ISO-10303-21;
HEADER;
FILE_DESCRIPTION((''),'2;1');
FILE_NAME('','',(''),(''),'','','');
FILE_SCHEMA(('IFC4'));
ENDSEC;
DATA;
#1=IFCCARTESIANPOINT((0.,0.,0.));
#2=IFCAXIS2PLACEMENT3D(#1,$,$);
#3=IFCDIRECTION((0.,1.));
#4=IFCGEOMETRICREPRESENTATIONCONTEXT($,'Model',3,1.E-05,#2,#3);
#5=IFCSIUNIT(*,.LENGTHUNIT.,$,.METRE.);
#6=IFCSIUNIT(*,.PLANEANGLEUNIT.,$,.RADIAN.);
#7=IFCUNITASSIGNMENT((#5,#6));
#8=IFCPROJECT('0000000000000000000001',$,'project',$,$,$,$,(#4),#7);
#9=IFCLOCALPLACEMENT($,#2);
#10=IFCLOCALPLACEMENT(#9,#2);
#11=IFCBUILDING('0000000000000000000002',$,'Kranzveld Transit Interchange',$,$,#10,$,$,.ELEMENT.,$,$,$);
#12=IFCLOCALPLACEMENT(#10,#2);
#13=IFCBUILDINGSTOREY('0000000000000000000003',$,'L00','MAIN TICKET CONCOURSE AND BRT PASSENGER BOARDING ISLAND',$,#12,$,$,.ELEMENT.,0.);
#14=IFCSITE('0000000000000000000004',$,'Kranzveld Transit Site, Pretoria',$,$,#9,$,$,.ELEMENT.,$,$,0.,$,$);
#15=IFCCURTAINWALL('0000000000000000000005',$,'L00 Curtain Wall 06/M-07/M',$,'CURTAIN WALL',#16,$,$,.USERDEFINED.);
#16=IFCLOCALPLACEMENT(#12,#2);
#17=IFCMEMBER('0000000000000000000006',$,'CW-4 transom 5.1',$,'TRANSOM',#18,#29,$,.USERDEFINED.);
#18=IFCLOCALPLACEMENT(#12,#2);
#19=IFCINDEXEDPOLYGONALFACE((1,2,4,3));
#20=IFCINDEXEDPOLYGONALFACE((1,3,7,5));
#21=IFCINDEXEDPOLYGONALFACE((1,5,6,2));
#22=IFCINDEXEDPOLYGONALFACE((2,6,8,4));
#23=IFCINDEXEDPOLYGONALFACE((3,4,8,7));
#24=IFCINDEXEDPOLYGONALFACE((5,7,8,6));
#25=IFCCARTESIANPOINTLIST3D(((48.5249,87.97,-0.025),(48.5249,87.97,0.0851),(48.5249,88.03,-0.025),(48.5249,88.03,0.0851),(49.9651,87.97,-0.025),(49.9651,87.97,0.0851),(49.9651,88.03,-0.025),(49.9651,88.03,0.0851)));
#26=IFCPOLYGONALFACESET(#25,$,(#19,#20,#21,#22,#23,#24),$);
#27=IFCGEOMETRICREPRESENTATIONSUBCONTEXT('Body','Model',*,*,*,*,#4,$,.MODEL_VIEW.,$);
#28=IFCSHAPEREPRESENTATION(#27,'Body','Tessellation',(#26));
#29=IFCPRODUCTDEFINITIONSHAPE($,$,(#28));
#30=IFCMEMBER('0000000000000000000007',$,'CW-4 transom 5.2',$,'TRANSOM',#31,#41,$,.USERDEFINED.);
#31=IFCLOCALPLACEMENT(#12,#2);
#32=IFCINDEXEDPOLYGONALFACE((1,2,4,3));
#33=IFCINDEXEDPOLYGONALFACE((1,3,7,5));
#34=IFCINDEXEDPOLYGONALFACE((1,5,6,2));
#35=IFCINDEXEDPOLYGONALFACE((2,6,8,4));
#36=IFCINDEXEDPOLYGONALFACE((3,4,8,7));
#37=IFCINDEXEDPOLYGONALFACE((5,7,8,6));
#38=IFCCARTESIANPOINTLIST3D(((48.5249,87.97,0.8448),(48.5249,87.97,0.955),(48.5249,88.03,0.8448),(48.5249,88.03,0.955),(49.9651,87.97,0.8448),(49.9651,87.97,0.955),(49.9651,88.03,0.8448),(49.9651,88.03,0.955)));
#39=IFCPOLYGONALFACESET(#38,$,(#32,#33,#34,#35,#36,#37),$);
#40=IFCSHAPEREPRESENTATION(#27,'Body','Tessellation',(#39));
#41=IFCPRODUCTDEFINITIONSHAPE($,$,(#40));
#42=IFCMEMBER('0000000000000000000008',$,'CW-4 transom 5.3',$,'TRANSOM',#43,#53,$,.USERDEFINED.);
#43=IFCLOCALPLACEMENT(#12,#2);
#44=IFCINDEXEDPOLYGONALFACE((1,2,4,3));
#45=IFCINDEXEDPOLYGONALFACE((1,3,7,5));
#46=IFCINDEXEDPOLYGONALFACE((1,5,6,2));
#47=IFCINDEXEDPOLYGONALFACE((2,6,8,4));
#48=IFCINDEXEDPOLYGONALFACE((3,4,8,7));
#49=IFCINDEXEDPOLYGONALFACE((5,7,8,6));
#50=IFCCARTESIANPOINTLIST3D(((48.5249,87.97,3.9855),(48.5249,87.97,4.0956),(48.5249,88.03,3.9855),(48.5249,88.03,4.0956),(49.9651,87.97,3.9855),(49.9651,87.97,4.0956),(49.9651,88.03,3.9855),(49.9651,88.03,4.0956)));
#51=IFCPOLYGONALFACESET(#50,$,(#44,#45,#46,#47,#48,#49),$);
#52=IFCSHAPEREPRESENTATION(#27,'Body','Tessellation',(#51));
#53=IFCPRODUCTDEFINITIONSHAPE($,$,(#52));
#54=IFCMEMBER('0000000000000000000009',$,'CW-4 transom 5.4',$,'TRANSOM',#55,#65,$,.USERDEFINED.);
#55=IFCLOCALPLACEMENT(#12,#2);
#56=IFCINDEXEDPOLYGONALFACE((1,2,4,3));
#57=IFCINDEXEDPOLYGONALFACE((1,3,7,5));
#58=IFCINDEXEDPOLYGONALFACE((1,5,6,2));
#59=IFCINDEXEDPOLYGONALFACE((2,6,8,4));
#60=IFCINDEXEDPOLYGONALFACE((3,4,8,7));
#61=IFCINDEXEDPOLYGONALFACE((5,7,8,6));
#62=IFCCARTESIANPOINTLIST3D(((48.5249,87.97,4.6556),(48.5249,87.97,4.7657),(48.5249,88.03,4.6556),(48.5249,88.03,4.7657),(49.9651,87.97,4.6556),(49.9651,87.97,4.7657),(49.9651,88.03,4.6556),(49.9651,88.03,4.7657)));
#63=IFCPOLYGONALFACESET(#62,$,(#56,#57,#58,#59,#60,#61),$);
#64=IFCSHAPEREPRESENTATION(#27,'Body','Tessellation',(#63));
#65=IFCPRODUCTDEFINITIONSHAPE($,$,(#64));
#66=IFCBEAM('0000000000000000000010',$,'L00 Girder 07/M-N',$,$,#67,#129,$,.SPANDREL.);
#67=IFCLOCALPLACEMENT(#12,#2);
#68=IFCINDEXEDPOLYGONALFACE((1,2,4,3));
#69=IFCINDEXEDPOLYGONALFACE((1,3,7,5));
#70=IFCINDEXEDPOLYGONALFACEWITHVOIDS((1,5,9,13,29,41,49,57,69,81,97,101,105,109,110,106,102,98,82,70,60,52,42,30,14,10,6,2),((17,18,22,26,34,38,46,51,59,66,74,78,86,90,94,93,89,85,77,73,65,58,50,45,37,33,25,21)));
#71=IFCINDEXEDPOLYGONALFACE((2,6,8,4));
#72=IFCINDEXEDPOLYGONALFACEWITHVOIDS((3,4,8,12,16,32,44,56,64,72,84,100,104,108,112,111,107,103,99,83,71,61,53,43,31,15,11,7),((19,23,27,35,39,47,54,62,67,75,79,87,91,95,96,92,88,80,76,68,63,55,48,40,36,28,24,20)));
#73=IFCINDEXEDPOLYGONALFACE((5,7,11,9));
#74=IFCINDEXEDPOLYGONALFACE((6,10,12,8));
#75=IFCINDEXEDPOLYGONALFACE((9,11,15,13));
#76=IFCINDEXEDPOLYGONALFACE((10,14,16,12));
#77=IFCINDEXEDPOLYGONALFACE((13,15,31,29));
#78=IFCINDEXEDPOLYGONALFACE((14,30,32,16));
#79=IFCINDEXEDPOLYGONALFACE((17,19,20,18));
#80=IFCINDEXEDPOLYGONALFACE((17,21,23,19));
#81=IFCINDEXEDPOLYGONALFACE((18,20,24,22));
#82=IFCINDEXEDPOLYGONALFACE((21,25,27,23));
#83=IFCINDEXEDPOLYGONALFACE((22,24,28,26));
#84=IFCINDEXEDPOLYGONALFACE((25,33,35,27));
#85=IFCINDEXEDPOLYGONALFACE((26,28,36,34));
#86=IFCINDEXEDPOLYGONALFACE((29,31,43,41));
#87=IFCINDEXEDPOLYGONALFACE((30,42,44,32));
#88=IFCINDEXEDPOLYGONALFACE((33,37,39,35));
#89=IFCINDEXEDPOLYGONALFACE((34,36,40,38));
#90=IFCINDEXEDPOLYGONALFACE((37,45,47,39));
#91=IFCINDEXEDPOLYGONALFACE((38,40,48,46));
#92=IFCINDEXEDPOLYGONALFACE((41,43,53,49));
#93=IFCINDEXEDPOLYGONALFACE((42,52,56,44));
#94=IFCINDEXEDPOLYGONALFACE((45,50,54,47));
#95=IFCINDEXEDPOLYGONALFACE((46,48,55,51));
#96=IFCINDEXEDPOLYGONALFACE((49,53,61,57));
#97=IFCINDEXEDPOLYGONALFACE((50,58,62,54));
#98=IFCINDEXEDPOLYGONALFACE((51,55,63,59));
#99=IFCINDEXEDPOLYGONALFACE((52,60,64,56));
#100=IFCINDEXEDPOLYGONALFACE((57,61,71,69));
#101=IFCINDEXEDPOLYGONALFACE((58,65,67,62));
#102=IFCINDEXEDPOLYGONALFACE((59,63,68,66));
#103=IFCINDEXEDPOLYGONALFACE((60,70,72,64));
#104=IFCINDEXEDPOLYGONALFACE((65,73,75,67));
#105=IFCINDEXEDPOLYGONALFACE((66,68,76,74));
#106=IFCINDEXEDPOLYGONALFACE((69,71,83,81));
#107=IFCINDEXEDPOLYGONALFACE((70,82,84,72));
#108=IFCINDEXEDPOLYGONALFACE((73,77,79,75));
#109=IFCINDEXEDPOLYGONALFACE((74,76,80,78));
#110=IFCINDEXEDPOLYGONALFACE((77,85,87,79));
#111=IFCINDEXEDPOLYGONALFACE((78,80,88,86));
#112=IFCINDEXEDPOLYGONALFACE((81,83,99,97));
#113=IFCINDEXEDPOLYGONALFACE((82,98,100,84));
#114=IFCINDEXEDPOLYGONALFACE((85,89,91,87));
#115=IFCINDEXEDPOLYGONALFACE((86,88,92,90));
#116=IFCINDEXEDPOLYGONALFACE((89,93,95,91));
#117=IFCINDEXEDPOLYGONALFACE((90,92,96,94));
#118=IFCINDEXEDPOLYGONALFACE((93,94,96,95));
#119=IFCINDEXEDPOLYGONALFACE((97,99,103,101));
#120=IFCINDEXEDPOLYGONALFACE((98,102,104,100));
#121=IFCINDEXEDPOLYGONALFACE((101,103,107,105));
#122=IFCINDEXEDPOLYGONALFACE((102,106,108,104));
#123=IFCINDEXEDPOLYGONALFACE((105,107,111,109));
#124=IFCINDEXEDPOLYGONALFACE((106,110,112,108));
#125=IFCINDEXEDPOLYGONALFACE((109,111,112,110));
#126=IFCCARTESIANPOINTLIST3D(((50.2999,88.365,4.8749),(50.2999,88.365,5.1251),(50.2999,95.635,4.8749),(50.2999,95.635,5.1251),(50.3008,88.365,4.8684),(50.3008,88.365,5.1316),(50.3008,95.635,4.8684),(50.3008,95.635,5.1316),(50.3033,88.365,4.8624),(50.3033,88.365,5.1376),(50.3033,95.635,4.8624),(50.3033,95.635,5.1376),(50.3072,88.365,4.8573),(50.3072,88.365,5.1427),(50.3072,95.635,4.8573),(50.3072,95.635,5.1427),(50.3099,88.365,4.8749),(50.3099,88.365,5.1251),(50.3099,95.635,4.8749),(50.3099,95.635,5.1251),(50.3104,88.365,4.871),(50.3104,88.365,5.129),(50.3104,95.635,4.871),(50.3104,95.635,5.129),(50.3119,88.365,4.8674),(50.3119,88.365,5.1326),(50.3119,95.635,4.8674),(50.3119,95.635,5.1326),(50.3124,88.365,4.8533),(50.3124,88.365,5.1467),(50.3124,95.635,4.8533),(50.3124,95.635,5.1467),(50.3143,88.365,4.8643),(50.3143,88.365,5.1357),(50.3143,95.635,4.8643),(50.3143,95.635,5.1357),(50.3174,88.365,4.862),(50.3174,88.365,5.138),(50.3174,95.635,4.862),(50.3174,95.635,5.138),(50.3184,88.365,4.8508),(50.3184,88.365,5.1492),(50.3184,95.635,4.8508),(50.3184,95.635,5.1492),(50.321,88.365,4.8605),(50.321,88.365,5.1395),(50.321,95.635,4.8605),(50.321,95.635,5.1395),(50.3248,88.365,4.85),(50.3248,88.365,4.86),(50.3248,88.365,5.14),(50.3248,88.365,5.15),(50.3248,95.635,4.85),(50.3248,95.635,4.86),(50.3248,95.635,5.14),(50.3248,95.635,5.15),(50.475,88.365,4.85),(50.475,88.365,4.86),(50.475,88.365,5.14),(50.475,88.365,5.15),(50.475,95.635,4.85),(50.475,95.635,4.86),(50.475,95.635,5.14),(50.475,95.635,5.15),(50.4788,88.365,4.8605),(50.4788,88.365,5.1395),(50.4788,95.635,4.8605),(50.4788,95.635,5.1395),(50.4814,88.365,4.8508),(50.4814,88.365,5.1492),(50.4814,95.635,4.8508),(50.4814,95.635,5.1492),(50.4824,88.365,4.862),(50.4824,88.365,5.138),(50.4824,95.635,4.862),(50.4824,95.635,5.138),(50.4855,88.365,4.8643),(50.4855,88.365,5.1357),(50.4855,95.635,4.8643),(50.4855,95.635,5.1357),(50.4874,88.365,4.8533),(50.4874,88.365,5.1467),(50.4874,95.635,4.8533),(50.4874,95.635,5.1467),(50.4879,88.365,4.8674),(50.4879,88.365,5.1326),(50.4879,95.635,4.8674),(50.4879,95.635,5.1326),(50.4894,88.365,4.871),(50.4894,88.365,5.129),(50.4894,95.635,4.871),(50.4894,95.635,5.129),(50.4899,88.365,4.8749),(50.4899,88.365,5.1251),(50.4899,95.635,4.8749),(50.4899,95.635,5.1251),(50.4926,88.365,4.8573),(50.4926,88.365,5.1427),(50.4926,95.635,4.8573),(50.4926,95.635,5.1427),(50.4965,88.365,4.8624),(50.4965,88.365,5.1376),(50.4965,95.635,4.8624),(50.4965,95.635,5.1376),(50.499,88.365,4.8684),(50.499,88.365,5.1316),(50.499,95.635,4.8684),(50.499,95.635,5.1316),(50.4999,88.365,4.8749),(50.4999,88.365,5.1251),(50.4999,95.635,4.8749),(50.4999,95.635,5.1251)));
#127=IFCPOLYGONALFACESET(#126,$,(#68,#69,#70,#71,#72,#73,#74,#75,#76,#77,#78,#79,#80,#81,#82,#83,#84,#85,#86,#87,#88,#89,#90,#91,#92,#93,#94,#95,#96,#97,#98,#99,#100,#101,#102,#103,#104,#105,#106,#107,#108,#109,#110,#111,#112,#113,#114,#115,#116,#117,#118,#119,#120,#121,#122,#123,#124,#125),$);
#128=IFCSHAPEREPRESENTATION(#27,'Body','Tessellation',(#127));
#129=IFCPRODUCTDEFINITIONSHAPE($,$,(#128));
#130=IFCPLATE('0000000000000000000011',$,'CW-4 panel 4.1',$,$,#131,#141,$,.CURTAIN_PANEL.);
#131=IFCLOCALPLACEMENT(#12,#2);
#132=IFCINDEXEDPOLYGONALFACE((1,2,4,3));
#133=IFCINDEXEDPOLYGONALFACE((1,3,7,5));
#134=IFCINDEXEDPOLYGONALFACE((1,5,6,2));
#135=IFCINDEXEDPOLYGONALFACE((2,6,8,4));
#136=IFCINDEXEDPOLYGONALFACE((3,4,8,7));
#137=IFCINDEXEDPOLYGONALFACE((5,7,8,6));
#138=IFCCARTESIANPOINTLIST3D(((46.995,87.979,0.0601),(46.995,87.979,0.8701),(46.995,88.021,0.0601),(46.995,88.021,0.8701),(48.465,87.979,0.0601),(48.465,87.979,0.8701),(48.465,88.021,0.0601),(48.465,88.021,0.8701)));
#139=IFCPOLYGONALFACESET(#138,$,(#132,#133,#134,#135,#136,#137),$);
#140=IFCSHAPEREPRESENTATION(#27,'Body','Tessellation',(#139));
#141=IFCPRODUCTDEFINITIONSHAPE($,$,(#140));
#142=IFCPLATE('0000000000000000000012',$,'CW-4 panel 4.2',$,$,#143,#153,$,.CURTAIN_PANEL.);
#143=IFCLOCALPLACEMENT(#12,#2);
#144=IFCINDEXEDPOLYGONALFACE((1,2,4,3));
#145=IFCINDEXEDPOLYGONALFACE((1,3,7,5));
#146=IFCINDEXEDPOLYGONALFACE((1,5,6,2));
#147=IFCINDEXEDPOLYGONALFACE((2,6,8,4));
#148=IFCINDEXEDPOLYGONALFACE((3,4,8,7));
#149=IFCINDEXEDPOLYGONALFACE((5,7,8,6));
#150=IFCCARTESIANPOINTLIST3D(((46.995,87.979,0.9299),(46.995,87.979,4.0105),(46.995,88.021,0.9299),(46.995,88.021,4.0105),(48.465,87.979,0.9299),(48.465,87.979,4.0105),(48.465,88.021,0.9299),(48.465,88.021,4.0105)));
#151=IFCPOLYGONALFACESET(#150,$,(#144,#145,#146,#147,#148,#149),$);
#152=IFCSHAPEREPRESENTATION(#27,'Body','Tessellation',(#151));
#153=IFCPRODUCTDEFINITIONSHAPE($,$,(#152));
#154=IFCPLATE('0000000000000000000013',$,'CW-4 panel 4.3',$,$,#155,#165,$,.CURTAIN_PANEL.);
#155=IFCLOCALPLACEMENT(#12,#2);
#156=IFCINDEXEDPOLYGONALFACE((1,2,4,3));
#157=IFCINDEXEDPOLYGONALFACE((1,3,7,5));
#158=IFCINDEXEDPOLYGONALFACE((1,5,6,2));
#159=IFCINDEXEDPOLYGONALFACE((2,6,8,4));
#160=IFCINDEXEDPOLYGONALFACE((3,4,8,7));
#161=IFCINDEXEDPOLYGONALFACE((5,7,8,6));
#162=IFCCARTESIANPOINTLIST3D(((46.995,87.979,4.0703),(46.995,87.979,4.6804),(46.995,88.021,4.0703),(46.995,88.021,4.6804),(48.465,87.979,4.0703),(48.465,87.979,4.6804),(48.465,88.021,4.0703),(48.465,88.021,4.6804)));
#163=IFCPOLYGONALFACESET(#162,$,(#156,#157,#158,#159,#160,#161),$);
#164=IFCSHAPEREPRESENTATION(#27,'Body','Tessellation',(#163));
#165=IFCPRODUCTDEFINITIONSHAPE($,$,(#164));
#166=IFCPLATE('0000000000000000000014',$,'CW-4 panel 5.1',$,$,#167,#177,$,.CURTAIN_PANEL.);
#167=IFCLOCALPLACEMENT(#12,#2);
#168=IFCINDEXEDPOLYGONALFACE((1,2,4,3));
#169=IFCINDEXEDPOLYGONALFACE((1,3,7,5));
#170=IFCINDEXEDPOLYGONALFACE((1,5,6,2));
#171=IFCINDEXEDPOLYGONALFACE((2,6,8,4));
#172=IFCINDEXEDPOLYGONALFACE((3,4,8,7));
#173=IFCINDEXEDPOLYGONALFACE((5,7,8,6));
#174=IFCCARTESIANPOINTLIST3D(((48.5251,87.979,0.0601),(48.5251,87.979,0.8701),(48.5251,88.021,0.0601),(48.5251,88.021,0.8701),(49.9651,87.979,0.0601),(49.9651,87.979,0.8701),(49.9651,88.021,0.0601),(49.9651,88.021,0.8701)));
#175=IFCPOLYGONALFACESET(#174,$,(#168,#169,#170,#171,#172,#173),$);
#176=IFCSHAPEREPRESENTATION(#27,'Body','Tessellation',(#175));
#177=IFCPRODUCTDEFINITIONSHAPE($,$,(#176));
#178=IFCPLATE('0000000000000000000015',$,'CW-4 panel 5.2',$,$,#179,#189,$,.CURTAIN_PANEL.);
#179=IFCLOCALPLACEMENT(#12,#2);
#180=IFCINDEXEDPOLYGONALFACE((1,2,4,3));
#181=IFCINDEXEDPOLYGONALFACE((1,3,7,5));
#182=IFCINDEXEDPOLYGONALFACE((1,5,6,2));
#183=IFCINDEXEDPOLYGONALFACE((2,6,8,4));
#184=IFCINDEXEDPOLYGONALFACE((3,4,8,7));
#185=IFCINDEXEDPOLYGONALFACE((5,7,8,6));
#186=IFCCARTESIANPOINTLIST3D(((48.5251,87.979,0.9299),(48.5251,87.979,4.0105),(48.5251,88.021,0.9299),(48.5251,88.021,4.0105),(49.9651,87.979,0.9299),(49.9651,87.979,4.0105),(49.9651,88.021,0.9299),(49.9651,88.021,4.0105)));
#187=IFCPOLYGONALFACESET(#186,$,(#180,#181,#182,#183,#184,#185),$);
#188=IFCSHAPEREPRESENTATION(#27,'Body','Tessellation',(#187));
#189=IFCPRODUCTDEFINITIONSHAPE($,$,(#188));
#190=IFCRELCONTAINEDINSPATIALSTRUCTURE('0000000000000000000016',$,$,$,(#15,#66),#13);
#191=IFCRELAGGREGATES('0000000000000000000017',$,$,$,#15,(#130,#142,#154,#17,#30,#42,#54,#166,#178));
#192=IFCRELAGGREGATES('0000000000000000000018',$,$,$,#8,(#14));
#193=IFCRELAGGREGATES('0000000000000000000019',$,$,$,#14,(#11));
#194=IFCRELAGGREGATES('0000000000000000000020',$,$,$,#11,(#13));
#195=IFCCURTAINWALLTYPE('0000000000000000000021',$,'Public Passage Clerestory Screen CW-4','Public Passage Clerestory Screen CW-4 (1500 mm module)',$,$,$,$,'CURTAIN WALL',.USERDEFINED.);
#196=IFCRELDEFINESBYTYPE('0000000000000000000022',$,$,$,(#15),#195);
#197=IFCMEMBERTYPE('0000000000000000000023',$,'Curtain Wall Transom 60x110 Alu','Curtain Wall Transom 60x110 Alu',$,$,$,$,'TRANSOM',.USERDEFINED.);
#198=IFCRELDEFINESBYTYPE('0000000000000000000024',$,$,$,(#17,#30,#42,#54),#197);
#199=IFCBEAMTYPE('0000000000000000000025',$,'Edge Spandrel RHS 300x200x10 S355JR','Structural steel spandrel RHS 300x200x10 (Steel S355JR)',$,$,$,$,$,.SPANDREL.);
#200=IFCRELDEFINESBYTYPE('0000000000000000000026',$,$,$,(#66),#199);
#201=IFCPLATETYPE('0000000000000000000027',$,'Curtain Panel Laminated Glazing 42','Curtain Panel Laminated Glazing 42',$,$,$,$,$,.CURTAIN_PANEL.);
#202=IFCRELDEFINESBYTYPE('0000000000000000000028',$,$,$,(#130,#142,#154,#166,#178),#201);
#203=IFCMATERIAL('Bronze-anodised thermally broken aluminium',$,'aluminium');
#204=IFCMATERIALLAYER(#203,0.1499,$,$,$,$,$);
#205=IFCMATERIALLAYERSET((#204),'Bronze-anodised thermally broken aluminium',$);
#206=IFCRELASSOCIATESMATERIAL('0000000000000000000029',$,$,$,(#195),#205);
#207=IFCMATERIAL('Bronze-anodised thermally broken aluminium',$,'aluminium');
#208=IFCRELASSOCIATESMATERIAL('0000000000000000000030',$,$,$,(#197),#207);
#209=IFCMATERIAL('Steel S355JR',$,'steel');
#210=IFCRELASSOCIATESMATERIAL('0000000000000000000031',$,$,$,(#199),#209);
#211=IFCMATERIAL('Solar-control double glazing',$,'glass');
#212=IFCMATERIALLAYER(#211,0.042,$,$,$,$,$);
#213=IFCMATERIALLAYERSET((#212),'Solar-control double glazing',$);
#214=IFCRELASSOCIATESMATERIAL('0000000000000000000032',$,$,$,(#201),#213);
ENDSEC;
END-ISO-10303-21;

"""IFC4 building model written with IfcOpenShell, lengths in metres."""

from ifc_helpers import new_model, si_unit, direction, frame, origin, origin_2d, place, context, subcontext, project, spatial, rectangle, hollow_rectangle, extrude, material, layer, layer_set, material_profile, profile_set, type_object, element, aggregate, save


model = new_model("IFC4")

# Units and contexts
model_context = context("Model", 3, precision=1e-05, world=origin(), true_north=direction((0.0, 1.0)))
body_context = subcontext(model_context, "Body", "Model", "MODEL_VIEW")
ifc_project = project(units=[si_unit("LENGTHUNIT", "METRE"), si_unit("PLANEANGLEUNIT", "RADIAN")], contexts=[model_context])

# Site, building, storey
site_placement = place(None, origin())
site = spatial("IfcSite", under=ifc_project, at=site_placement, Name="Kranzveld Transit Site, Pretoria", CompositionType="ELEMENT", RefElevation=0.0)
building_placement = place(site_placement, origin())
building = spatial("IfcBuilding", under=site, at=building_placement, Name="Kranzveld Transit Interchange", CompositionType="ELEMENT")
storey_placement = place(building_placement, origin())
storey = spatial("IfcBuildingStorey", under=building, at=storey_placement, Name="L00", Description="MAIN TICKET CONCOURSE AND BRT PASSENGER BOARDING ISLAND", CompositionType="ELEMENT", Elevation=0.0)

# Curtain wall, members
ifc_material_1 = material(Name="Bronze-anodised thermally broken aluminium", Category="aluminium")
ifc_layer_1 = layer(ifc_material_1, 0.1499)
ifc_layer_set_1 = layer_set([ifc_layer_1], Name="Bronze-anodised thermally broken aluminium")
curtain_wall_type = type_object("IfcCurtainWallType", Name="Public Passage Clerestory Screen CW-4", Description="Public Passage Clerestory Screen CW-4 (1500 mm module)", ElementType="CURTAIN WALL", PredefinedType="USERDEFINED", material=ifc_layer_set_1)
curtain_wall_placement = place(storey_placement, origin())
curtain_wall = element("IfcCurtainWall", 1, at=curtain_wall_placement, inside=storey, type_object=curtain_wall_type, Name="L00 Curtain Wall 06/M-07/M", ObjectType="CURTAIN WALL", PredefinedType="USERDEFINED")
ifc_material_2 = material(Name="Bronze-anodised thermally broken aluminium", Category="aluminium")
ifc_material_profile_1 = material_profile(ifc_material_2, rectangle(XDim=0.0601, YDim=0.1101, at=origin_2d()), Name="ALU TRANSOM 60x110")
ifc_profile_set_1 = profile_set([ifc_material_profile_1], Name="Bronze-anodised thermally broken aluminium")
member_type_1 = type_object("IfcMemberType", Name="Curtain Wall Transom 60x110 Alu", Description="Curtain Wall Transom 60x110 Alu", ElementType="TRANSOM", PredefinedType="USERDEFINED", material=ifc_profile_set_1)
member_1_placement = place(storey_placement, frame((48.5249, 88.0, 0.03), z_axis=(1.0, 0.0, 0.0), x_axis=(0.0, 1.0, 0.0)))
member_1 = element("IfcMember", 2, at=member_1_placement, type_object=member_type_1, Name="CW-4 transom 5.1", ObjectType="TRANSOM", PredefinedType="USERDEFINED", context=body_context, shape_type="SweptSolid", body=[
    extrude(rectangle(XDim=0.0601, YDim=0.1101, at=origin_2d()), origin(), (0.0, 0.0, 1.0), 1.4402),
])
member_2_placement = place(storey_placement, frame((48.5249, 88.0, 0.8999), z_axis=(1.0, 0.0, 0.0), x_axis=(0.0, 1.0, 0.0)))
member_2 = element("IfcMember", 3, at=member_2_placement, type_object=member_type_1, Name="CW-4 transom 5.2", ObjectType="TRANSOM", PredefinedType="USERDEFINED", context=body_context, shape_type="SweptSolid", body=[
    extrude(rectangle(XDim=0.0601, YDim=0.1101, at=origin_2d()), origin(), (0.0, 0.0, 1.0), 1.4402),
])
member_3_placement = place(storey_placement, frame((48.5249, 88.0, 4.0405), z_axis=(1.0, 0.0, 0.0), x_axis=(0.0, 1.0, 0.0)))
member_3 = element("IfcMember", 4, at=member_3_placement, type_object=member_type_1, Name="CW-4 transom 5.3", ObjectType="TRANSOM", PredefinedType="USERDEFINED", context=body_context, shape_type="SweptSolid", body=[
    extrude(rectangle(XDim=0.0601, YDim=0.1101, at=origin_2d()), origin(), (0.0, 0.0, 1.0), 1.4402),
])
member_4_placement = place(storey_placement, frame((48.5249, 88.0, 4.7107), z_axis=(1.0, 0.0, 0.0), x_axis=(0.0, 1.0, 0.0)))
member_4 = element("IfcMember", 5, at=member_4_placement, type_object=member_type_1, Name="CW-4 transom 5.4", ObjectType="TRANSOM", PredefinedType="USERDEFINED", context=body_context, shape_type="SweptSolid", body=[
    extrude(rectangle(XDim=0.0601, YDim=0.1101, at=origin_2d()), origin(), (0.0, 0.0, 1.0), 1.4402),
])

# Beam
ifc_material_3 = material(Name="Steel S355JR", Category="steel")
ifc_material_profile_2 = material_profile(ifc_material_3, hollow_rectangle(XDim=0.2, YDim=0.3, WallThickness=0.01, InnerFilletRadius=0.0149, OuterFilletRadius=0.0249, at=origin_2d()), Name="RHS 300x200x10")
ifc_profile_set_2 = profile_set([ifc_material_profile_2], Name="Steel S355JR")
beam_type = type_object("IfcBeamType", Name="Edge Spandrel RHS 300x200x10 S355JR", Description="Structural steel spandrel RHS 300x200x10 (Steel S355JR)", PredefinedType="SPANDREL", material=ifc_profile_set_2)
beam_placement = place(storey_placement, frame((50.3999, 88.365, 5.0), z_axis=(0.0, 1.0, 0.0), x_axis=(-1.0, 0.0, 0.0)))
element("IfcBeam", 6, at=beam_placement, inside=storey, type_object=beam_type, Name="L00 Girder 07/M-N", PredefinedType="SPANDREL", context=body_context, shape_type="SweptSolid", body=[
    extrude(hollow_rectangle(XDim=0.2, YDim=0.3, WallThickness=0.01, InnerFilletRadius=0.0149, OuterFilletRadius=0.0249, at=origin_2d()), origin(), (0.0, 0.0, 1.0), 7.27),
])

# Plates
ifc_material_4 = material(Name="Solar-control double glazing", Category="glass")
ifc_layer_2 = layer(ifc_material_4, 0.042)
ifc_layer_set_2 = layer_set([ifc_layer_2], Name="Solar-control double glazing")
plate_type_1 = type_object("IfcPlateType", Name="Curtain Panel Laminated Glazing 42", Description="Curtain Panel Laminated Glazing 42", PredefinedType="CURTAIN_PANEL", material=ifc_layer_set_2)
plate_1_placement = place(storey_placement, frame((47.73, 88.0, 0.0601), z_axis=(0.0, 0.0, 1.0), x_axis=(1.0, 0.0, 0.0)))
plate_1 = element("IfcPlate", 7, at=plate_1_placement, type_object=plate_type_1, Name="CW-4 panel 4.1", PredefinedType="CURTAIN_PANEL", context=body_context, shape_type="SweptSolid", body=[
    extrude(rectangle(XDim=1.47, YDim=0.042, at=origin_2d()), origin(), (0.0, 0.0, 1.0), 0.8101),
])
plate_2_placement = place(storey_placement, frame((47.73, 88.0, 0.9299), z_axis=(0.0, 0.0, 1.0), x_axis=(1.0, 0.0, 0.0)))
plate_2 = element("IfcPlate", 8, at=plate_2_placement, type_object=plate_type_1, Name="CW-4 panel 4.2", PredefinedType="CURTAIN_PANEL", context=body_context, shape_type="SweptSolid", body=[
    extrude(rectangle(XDim=1.47, YDim=0.042, at=origin_2d()), origin(), (0.0, 0.0, 1.0), 3.0806),
])
plate_3_placement = place(storey_placement, frame((47.73, 88.0, 4.0703), z_axis=(0.0, 0.0, 1.0), x_axis=(1.0, 0.0, 0.0)))
plate_3 = element("IfcPlate", 9, at=plate_3_placement, type_object=plate_type_1, Name="CW-4 panel 4.3", PredefinedType="CURTAIN_PANEL", context=body_context, shape_type="SweptSolid", body=[
    extrude(rectangle(XDim=1.47, YDim=0.042, at=origin_2d()), origin(), (0.0, 0.0, 1.0), 0.6101),
])
plate_4_placement = place(storey_placement, frame((49.2451, 88.0, 0.0601), z_axis=(0.0, 0.0, 1.0), x_axis=(1.0, 0.0, 0.0)))
plate_4 = element("IfcPlate", 10, at=plate_4_placement, type_object=plate_type_1, Name="CW-4 panel 5.1", PredefinedType="CURTAIN_PANEL", context=body_context, shape_type="SweptSolid", body=[
    extrude(rectangle(XDim=1.4399, YDim=0.042, at=origin_2d()), origin(), (0.0, 0.0, 1.0), 0.8101),
])
plate_5_placement = place(storey_placement, frame((49.2451, 88.0, 0.9299), z_axis=(0.0, 0.0, 1.0), x_axis=(1.0, 0.0, 0.0)))
plate_5 = element("IfcPlate", 11, at=plate_5_placement, type_object=plate_type_1, Name="CW-4 panel 5.2", PredefinedType="CURTAIN_PANEL", context=body_context, shape_type="SweptSolid", body=[
    extrude(rectangle(XDim=1.4399, YDim=0.042, at=origin_2d()), origin(), (0.0, 0.0, 1.0), 3.0806),
])
aggregate(curtain_wall, [plate_1, plate_2, plate_3, member_1, member_2, member_3, member_4, plate_4, plate_5])

save(model, "model.ifc")
